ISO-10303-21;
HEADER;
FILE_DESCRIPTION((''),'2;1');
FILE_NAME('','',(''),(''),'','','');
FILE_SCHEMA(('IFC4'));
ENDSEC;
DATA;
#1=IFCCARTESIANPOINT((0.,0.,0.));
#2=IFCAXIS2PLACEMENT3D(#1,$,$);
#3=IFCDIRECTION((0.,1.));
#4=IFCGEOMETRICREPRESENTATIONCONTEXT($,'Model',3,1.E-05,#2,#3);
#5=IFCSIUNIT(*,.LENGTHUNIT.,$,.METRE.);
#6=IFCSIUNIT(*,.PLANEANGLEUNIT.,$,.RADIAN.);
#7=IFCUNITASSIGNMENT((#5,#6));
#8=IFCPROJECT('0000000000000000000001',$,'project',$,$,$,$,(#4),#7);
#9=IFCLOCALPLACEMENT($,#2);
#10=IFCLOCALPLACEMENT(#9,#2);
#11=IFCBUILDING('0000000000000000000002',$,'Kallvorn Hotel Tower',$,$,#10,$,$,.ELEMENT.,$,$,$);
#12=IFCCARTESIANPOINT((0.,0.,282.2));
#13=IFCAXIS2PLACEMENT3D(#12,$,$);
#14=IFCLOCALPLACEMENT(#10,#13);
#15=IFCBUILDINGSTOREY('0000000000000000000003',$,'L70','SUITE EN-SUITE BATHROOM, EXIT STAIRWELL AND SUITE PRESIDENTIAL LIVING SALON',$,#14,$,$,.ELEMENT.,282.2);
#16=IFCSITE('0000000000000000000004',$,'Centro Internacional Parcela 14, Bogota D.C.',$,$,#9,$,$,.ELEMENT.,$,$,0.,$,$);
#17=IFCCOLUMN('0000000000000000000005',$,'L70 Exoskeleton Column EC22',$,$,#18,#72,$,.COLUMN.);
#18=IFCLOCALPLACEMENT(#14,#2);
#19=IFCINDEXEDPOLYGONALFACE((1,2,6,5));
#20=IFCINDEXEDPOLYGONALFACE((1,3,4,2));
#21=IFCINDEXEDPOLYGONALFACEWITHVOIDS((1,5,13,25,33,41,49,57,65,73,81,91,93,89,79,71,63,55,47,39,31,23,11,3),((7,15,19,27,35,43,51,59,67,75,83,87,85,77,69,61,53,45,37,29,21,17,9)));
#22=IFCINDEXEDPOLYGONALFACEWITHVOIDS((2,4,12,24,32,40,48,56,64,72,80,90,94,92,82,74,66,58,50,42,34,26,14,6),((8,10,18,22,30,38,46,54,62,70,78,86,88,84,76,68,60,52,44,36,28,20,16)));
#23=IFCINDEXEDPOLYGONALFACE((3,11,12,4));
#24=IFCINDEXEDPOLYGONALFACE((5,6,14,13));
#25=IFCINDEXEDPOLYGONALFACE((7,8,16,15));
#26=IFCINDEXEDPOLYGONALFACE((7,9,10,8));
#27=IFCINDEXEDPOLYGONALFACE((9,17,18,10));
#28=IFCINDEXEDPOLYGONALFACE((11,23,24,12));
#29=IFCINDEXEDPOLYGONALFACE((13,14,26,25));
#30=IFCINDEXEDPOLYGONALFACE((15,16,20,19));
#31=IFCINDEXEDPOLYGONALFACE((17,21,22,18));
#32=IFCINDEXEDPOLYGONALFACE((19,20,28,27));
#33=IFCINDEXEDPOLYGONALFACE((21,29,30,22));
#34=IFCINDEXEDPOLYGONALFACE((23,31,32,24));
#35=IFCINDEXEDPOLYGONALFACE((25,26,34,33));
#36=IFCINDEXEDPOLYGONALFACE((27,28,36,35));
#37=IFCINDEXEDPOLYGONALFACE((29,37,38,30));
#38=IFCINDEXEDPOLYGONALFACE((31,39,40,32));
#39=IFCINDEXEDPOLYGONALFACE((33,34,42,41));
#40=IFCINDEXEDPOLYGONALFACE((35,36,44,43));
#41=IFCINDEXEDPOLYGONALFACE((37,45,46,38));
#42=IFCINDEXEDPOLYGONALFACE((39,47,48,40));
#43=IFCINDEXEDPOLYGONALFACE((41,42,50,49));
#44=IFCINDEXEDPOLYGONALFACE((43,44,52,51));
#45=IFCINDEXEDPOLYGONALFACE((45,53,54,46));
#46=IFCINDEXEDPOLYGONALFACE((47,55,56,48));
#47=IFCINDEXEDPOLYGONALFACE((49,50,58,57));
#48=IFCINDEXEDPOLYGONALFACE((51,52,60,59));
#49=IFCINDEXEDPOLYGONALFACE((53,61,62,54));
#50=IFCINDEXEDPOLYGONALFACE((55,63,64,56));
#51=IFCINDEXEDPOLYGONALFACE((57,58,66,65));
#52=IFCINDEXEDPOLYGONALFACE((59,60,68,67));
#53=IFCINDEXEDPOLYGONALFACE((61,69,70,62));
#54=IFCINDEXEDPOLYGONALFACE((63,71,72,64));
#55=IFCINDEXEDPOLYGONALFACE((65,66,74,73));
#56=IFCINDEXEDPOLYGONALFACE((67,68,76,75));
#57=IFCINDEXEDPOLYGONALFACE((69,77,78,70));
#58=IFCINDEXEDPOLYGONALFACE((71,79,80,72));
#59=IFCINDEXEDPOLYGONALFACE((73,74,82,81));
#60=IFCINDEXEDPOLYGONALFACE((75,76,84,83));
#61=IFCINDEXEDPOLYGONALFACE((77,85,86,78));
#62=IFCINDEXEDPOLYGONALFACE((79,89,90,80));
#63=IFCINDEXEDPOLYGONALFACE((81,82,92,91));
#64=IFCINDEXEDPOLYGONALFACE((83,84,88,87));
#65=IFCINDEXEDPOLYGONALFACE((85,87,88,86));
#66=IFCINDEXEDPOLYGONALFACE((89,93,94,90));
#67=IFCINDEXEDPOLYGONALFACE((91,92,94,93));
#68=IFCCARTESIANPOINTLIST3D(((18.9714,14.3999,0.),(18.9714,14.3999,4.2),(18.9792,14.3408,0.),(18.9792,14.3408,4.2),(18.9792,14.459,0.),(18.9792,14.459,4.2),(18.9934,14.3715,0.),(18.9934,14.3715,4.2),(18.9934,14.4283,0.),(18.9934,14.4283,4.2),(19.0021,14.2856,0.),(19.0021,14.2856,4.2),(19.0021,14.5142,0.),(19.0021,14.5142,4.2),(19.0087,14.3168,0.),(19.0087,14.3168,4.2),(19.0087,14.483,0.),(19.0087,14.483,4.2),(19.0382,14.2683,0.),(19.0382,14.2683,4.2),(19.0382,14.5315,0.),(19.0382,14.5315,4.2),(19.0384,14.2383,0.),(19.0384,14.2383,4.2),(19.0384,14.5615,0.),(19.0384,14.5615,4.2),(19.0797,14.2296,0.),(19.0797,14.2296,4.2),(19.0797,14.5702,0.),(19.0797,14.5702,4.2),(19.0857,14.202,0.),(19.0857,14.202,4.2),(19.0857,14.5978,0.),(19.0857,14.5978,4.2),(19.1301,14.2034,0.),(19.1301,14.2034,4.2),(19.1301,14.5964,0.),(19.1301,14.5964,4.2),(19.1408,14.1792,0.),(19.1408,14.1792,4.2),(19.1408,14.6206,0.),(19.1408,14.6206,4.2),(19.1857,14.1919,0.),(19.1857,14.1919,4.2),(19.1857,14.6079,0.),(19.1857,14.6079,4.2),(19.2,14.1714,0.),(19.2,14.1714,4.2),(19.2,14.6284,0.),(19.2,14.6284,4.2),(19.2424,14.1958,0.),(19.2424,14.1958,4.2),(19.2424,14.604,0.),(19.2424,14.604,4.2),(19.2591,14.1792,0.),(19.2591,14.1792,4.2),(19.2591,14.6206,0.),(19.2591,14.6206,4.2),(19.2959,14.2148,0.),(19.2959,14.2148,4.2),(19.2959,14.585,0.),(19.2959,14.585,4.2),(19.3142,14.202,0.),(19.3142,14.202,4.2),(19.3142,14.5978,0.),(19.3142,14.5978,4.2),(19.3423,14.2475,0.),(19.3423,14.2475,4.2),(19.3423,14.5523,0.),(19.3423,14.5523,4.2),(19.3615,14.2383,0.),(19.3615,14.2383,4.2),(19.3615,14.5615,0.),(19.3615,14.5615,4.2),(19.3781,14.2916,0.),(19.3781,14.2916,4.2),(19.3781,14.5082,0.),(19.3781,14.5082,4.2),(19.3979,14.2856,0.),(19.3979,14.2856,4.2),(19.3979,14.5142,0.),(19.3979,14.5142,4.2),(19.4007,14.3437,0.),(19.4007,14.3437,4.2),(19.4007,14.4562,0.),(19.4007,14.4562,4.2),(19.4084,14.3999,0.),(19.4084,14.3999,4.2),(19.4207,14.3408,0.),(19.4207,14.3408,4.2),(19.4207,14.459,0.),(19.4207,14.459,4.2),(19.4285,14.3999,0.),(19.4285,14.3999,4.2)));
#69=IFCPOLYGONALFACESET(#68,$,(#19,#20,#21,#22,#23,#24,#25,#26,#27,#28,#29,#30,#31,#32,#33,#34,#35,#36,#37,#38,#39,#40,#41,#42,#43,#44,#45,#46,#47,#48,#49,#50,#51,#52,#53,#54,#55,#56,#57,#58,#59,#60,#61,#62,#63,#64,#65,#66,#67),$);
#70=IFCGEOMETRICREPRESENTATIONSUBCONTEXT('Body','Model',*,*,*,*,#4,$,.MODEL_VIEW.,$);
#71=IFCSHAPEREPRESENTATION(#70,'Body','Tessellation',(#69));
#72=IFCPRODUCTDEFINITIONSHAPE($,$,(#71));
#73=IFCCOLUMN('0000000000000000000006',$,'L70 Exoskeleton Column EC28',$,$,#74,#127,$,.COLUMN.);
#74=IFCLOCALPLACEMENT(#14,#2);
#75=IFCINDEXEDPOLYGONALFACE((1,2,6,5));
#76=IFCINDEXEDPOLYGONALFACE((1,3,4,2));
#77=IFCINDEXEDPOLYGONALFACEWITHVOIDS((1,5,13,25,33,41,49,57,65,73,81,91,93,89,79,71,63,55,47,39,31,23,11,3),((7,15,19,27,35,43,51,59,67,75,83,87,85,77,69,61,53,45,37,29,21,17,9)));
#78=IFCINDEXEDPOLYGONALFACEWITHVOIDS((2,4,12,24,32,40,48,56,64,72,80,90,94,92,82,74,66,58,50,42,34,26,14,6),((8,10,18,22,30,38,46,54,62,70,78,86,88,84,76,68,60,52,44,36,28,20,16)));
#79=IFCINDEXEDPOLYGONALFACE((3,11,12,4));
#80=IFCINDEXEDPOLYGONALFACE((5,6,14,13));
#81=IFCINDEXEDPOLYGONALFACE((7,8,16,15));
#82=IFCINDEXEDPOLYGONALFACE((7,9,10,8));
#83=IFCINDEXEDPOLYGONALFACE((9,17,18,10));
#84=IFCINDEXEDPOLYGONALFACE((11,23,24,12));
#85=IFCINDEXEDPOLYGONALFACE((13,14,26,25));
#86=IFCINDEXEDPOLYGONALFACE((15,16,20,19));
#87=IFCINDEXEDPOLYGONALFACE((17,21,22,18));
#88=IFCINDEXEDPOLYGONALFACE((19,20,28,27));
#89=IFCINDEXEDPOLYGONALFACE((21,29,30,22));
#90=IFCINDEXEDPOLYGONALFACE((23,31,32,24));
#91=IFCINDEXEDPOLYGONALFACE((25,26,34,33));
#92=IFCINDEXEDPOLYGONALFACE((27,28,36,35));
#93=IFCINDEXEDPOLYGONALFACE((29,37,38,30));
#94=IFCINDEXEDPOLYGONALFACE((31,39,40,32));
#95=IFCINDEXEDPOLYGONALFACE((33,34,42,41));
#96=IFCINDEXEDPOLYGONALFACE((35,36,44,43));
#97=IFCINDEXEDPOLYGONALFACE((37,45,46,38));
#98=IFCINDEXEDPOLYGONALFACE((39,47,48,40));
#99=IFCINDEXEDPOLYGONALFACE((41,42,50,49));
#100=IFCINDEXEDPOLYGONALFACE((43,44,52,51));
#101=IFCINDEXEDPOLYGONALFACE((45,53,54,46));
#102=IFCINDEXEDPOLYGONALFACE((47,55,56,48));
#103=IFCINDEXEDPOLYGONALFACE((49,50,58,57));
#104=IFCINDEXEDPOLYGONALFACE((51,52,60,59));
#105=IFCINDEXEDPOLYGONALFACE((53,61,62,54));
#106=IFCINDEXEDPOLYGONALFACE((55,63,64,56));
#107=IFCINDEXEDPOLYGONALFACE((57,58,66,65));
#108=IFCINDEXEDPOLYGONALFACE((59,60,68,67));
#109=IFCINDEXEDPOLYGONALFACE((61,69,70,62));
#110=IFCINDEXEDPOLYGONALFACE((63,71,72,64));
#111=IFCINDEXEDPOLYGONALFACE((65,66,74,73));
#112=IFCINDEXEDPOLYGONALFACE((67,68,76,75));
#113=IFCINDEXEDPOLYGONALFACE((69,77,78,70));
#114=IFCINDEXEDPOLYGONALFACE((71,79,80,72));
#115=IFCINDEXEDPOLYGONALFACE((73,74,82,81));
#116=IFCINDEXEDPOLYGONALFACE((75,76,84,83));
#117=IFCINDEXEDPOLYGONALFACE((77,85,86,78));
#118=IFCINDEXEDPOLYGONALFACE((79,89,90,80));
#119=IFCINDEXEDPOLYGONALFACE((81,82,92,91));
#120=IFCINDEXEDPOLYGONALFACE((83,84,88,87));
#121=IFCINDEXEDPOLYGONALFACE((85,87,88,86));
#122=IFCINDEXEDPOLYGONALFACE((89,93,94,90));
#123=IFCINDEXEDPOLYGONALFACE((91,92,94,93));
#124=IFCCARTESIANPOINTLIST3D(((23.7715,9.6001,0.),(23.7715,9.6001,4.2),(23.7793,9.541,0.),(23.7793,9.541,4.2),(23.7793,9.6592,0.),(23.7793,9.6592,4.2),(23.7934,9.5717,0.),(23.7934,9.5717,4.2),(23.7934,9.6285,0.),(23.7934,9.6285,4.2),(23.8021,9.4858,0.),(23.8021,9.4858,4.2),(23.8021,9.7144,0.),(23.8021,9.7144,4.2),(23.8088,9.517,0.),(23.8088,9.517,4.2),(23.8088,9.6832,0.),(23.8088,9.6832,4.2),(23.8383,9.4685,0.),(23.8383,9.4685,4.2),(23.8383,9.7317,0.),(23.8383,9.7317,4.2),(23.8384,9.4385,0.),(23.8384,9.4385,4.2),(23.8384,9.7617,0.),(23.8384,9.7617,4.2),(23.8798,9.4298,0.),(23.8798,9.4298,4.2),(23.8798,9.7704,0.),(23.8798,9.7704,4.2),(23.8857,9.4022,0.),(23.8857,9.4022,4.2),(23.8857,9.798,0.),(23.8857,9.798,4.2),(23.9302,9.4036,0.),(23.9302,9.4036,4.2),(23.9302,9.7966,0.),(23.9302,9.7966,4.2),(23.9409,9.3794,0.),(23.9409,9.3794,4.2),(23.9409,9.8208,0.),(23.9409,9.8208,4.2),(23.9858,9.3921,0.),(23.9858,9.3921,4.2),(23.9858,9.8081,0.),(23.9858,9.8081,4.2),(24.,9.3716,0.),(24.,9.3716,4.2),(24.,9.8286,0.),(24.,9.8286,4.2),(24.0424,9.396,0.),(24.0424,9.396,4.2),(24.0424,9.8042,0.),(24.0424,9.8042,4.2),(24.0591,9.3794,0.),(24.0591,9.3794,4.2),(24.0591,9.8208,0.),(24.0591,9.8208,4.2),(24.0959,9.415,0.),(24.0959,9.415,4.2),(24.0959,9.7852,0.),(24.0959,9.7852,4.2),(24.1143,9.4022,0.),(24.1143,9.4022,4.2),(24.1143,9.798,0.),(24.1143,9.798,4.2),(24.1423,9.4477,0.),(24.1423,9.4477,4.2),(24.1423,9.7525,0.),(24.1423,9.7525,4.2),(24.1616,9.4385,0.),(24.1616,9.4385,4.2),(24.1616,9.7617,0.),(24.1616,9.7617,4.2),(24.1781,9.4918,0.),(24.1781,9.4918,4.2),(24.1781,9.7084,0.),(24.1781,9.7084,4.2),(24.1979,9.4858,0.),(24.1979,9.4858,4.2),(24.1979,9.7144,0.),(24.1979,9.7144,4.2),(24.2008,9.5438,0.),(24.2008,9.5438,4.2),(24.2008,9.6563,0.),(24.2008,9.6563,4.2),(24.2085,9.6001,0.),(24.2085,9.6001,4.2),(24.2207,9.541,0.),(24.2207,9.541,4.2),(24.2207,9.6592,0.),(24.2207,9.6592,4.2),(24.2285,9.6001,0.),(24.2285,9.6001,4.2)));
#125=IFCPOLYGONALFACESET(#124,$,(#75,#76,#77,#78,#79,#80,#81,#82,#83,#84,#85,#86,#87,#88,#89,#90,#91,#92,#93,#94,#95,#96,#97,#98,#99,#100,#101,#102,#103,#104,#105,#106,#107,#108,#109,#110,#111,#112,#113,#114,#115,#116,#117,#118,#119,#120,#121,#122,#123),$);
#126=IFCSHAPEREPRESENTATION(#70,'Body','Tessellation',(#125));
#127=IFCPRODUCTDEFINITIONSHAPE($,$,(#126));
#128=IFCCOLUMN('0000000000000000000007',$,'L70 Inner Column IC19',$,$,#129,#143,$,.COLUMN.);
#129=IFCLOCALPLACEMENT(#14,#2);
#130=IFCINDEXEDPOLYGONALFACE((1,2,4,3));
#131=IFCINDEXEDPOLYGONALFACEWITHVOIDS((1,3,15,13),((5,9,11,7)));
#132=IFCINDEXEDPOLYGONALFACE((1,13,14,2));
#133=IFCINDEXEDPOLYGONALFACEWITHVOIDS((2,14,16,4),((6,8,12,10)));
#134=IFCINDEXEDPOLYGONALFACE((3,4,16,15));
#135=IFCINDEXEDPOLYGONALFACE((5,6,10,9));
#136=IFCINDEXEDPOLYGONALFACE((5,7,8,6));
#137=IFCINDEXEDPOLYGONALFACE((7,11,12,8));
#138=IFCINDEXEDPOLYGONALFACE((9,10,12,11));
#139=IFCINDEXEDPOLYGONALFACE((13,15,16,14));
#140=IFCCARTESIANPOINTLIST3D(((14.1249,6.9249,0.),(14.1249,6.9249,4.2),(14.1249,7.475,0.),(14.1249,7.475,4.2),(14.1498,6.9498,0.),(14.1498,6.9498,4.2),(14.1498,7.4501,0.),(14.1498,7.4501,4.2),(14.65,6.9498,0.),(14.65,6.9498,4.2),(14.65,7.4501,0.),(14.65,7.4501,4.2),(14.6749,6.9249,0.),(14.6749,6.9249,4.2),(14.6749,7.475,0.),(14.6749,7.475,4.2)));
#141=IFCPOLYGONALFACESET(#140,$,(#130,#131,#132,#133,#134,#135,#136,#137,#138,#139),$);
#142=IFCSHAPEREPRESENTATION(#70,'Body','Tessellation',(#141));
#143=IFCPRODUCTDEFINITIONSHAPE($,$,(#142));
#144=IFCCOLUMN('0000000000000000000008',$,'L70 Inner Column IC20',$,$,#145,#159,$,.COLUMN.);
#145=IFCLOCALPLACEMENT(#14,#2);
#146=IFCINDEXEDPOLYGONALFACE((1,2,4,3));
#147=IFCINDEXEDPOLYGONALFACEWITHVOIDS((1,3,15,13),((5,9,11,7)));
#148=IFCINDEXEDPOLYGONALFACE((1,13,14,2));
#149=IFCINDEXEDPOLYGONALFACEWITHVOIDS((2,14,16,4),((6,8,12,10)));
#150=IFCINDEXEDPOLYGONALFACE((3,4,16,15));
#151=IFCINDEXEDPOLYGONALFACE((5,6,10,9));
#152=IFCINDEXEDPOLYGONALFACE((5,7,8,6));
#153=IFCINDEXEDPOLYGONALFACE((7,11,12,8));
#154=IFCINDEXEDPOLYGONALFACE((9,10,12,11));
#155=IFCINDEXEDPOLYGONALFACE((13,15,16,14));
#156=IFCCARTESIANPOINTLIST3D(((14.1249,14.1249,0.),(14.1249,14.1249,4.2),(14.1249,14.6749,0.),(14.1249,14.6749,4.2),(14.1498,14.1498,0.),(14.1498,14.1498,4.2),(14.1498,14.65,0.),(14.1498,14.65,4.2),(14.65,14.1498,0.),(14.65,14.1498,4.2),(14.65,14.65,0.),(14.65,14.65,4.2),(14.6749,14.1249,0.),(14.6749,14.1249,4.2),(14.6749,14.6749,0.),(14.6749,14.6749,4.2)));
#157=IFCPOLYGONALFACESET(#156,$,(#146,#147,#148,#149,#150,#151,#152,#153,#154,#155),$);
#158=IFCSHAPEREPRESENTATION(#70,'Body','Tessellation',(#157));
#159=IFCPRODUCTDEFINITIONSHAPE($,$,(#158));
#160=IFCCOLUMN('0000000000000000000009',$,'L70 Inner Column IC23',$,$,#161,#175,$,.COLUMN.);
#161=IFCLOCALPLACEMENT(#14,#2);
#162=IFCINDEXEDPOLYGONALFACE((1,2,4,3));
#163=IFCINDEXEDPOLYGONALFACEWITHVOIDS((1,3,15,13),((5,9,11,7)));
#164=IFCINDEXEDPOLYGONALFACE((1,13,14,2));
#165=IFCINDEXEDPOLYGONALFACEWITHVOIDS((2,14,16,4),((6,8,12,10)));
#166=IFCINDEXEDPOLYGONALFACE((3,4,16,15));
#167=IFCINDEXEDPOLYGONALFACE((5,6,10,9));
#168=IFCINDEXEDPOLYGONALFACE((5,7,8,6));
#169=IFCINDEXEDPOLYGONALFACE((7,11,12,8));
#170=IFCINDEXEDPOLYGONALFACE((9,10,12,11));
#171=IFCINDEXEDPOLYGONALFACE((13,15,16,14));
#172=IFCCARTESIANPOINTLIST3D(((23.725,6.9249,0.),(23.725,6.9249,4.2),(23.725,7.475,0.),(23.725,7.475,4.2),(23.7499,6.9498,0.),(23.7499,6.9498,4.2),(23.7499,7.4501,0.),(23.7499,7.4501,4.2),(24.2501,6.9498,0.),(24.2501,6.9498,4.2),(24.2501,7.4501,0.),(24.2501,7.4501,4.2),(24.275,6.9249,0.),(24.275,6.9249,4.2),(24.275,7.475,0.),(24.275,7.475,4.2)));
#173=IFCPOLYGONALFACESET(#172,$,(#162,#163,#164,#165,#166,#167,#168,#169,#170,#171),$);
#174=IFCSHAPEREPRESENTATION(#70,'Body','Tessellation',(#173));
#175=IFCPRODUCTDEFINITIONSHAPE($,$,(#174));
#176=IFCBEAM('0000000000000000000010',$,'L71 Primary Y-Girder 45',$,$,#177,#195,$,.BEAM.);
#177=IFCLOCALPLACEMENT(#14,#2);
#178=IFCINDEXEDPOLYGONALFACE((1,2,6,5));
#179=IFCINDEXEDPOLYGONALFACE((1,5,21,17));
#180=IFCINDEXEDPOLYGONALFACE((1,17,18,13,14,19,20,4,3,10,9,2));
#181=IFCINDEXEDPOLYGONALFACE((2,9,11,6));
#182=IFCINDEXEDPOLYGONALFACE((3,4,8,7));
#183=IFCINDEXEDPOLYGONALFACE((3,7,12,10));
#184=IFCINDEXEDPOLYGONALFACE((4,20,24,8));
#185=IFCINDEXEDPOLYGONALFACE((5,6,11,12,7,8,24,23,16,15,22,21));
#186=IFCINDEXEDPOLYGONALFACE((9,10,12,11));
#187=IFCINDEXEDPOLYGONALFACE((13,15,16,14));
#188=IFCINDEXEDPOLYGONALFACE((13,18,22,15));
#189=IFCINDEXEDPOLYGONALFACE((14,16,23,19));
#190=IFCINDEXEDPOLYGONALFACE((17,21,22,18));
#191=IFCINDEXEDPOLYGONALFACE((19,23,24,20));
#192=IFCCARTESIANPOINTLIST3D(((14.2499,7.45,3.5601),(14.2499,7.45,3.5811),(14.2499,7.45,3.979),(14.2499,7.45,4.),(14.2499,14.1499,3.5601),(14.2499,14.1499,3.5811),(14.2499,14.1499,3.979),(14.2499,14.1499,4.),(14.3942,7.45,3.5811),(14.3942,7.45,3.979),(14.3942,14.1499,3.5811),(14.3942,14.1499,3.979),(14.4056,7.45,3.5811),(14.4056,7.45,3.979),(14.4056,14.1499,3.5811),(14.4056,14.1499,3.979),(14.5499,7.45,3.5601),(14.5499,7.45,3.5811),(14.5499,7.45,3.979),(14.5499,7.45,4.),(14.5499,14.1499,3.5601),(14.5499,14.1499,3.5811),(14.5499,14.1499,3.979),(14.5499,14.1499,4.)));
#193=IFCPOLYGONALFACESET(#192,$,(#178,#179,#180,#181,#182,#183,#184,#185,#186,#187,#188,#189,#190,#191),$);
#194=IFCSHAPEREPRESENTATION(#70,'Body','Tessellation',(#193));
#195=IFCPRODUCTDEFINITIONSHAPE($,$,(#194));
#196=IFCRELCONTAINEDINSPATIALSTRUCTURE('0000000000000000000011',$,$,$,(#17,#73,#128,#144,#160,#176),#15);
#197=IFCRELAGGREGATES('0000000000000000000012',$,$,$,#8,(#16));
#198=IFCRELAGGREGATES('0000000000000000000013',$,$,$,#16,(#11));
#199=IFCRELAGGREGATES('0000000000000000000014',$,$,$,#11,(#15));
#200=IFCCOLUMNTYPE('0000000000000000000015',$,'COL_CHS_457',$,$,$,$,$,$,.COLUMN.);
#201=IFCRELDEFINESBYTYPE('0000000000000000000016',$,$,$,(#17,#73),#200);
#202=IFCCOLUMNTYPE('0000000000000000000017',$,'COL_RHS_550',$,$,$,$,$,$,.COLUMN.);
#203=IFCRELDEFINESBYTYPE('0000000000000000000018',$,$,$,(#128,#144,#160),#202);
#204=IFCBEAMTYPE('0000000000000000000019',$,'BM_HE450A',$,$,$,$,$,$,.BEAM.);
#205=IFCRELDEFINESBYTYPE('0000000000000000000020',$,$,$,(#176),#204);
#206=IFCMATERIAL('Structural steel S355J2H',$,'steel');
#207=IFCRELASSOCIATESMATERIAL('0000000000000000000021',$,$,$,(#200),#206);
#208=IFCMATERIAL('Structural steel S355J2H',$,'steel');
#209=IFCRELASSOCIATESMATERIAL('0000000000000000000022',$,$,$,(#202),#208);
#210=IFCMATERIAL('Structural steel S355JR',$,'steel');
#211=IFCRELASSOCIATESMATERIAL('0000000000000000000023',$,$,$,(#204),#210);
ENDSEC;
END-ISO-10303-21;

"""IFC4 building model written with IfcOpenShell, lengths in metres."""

from ifc_helpers import new_model, si_unit, direction, frame, origin, origin_2d, place, context, subcontext, project, spatial, hollow_rectangle, hollow_circle, i_section, extrude, material, material_profile, profile_set, type_object, element, save


model = new_model("IFC4")

# Units and contexts
model_context = context("Model", 3, precision=1e-05, world=origin(), true_north=direction((0.0, 1.0)))
body_context = subcontext(model_context, "Body", "Model", "MODEL_VIEW")
ifc_project = project(units=[si_unit("LENGTHUNIT", "METRE"), si_unit("PLANEANGLEUNIT", "RADIAN")], contexts=[model_context])

# Site, building, storey
site_placement = place(None, origin())
site = spatial("IfcSite", under=ifc_project, at=site_placement, Name="Centro Internacional Parcela 14, Bogota D.C.", CompositionType="ELEMENT", RefElevation=0.0)
building_placement = place(site_placement, origin())
building = spatial("IfcBuilding", under=site, at=building_placement, Name="Kallvorn Hotel Tower", CompositionType="ELEMENT")
storey_placement = place(building_placement, frame((0.0, 0.0, 282.2)))
storey = spatial("IfcBuildingStorey", under=building, at=storey_placement, Name="L70", Description="SUITE EN-SUITE BATHROOM, EXIT STAIRWELL AND SUITE PRESIDENTIAL LIVING SALON", CompositionType="ELEMENT", Elevation=282.2)

# Columns
ifc_material_1 = material(Name="Structural steel S355J2H", Category="steel")
ifc_material_profile_1 = material_profile(ifc_material_1, hollow_circle(Radius=0.2285, WallThickness=0.02, at=origin_2d()), Name="CHS 457x20")
ifc_profile_set_1 = profile_set([ifc_material_profile_1], Name="Structural steel S355J2H")
column_type_1 = type_object("IfcColumnType", Name="COL_CHS_457", PredefinedType="COLUMN", material=ifc_profile_set_1)
for number, where, z_axis, x_axis, name in (
    (1, (19.2, 14.3999, 0.0), (0.0, 0.0, 1.0), (1.0, 0.0, 0.0), "L70 Exoskeleton Column EC22"),
    (2, (24.0, 9.6001, 0.0), (0.0, 0.0, 1.0), (1.0, 0.0, 0.0), "L70 Exoskeleton Column EC28"),
):
    element("IfcColumn", number, at=place(storey_placement, frame(where, z_axis=z_axis, x_axis=x_axis)), inside=storey, type_object=column_type_1, Name=name, PredefinedType="COLUMN", context=body_context, shape_type="SweptSolid", body=[
        extrude(hollow_circle(Radius=0.2285, WallThickness=0.02, at=origin_2d()), origin(), (0.0, 0.0, 1.0), 4.2),
    ])
ifc_material_2 = material(Name="Structural steel S355J2H", Category="steel")
ifc_material_profile_2 = material_profile(ifc_material_2, hollow_rectangle(XDim=0.55, YDim=0.55, WallThickness=0.0249, at=origin_2d()), Name="RHS 550x550x25")
ifc_profile_set_2 = profile_set([ifc_material_profile_2], Name="Structural steel S355J2H")
column_type_2 = type_object("IfcColumnType", Name="COL_RHS_550", PredefinedType="COLUMN", material=ifc_profile_set_2)
for number, where, z_axis, x_axis, name in (
    (3, (14.3999, 7.2, 0.0), (0.0, 0.0, 1.0), (1.0, 0.0, 0.0), "L70 Inner Column IC19"),
    (4, (14.3999, 14.3999, 0.0), (0.0, 0.0, 1.0), (1.0, 0.0, 0.0), "L70 Inner Column IC20"),
    (5, (24.0, 7.2, 0.0), (0.0, 0.0, 1.0), (1.0, 0.0, 0.0), "L70 Inner Column IC23"),
):
    element("IfcColumn", number, at=place(storey_placement, frame(where, z_axis=z_axis, x_axis=x_axis)), inside=storey, type_object=column_type_2, Name=name, PredefinedType="COLUMN", context=body_context, shape_type="SweptSolid", body=[
        extrude(hollow_rectangle(XDim=0.55, YDim=0.55, WallThickness=0.0249, at=origin_2d()), origin(), (0.0, 0.0, 1.0), 4.2),
    ])

# Beam
ifc_material_3 = material(Name="Structural steel S355JR", Category="steel")
ifc_material_profile_3 = material_profile(ifc_material_3, i_section(OverallWidth=0.3, OverallDepth=0.4399, WebThickness=0.0115, FlangeThickness=0.021, at=origin_2d()), Name="HE 450 A")
ifc_profile_set_3 = profile_set([ifc_material_profile_3], Name="Structural steel S355JR")
beam_type_1 = type_object("IfcBeamType", Name="BM_HE450A", PredefinedType="BEAM", material=ifc_profile_set_3)
beam_1_placement = place(storey_placement, frame((14.3999, 7.45, 3.78), z_axis=(0.0, 1.0, 0.0), x_axis=(-1.0, 0.0, 0.0)))
element("IfcBeam", 6, at=beam_1_placement, inside=storey, type_object=beam_type_1, Name="L71 Primary Y-Girder 45", PredefinedType="BEAM", context=body_context, shape_type="SweptSolid", body=[
    extrude(i_section(OverallWidth=0.3, OverallDepth=0.4399, WebThickness=0.0115, FlangeThickness=0.021, at=origin_2d()), origin(), (0.0, 0.0, 1.0), 6.7),
])

save(model, "model.ifc")
